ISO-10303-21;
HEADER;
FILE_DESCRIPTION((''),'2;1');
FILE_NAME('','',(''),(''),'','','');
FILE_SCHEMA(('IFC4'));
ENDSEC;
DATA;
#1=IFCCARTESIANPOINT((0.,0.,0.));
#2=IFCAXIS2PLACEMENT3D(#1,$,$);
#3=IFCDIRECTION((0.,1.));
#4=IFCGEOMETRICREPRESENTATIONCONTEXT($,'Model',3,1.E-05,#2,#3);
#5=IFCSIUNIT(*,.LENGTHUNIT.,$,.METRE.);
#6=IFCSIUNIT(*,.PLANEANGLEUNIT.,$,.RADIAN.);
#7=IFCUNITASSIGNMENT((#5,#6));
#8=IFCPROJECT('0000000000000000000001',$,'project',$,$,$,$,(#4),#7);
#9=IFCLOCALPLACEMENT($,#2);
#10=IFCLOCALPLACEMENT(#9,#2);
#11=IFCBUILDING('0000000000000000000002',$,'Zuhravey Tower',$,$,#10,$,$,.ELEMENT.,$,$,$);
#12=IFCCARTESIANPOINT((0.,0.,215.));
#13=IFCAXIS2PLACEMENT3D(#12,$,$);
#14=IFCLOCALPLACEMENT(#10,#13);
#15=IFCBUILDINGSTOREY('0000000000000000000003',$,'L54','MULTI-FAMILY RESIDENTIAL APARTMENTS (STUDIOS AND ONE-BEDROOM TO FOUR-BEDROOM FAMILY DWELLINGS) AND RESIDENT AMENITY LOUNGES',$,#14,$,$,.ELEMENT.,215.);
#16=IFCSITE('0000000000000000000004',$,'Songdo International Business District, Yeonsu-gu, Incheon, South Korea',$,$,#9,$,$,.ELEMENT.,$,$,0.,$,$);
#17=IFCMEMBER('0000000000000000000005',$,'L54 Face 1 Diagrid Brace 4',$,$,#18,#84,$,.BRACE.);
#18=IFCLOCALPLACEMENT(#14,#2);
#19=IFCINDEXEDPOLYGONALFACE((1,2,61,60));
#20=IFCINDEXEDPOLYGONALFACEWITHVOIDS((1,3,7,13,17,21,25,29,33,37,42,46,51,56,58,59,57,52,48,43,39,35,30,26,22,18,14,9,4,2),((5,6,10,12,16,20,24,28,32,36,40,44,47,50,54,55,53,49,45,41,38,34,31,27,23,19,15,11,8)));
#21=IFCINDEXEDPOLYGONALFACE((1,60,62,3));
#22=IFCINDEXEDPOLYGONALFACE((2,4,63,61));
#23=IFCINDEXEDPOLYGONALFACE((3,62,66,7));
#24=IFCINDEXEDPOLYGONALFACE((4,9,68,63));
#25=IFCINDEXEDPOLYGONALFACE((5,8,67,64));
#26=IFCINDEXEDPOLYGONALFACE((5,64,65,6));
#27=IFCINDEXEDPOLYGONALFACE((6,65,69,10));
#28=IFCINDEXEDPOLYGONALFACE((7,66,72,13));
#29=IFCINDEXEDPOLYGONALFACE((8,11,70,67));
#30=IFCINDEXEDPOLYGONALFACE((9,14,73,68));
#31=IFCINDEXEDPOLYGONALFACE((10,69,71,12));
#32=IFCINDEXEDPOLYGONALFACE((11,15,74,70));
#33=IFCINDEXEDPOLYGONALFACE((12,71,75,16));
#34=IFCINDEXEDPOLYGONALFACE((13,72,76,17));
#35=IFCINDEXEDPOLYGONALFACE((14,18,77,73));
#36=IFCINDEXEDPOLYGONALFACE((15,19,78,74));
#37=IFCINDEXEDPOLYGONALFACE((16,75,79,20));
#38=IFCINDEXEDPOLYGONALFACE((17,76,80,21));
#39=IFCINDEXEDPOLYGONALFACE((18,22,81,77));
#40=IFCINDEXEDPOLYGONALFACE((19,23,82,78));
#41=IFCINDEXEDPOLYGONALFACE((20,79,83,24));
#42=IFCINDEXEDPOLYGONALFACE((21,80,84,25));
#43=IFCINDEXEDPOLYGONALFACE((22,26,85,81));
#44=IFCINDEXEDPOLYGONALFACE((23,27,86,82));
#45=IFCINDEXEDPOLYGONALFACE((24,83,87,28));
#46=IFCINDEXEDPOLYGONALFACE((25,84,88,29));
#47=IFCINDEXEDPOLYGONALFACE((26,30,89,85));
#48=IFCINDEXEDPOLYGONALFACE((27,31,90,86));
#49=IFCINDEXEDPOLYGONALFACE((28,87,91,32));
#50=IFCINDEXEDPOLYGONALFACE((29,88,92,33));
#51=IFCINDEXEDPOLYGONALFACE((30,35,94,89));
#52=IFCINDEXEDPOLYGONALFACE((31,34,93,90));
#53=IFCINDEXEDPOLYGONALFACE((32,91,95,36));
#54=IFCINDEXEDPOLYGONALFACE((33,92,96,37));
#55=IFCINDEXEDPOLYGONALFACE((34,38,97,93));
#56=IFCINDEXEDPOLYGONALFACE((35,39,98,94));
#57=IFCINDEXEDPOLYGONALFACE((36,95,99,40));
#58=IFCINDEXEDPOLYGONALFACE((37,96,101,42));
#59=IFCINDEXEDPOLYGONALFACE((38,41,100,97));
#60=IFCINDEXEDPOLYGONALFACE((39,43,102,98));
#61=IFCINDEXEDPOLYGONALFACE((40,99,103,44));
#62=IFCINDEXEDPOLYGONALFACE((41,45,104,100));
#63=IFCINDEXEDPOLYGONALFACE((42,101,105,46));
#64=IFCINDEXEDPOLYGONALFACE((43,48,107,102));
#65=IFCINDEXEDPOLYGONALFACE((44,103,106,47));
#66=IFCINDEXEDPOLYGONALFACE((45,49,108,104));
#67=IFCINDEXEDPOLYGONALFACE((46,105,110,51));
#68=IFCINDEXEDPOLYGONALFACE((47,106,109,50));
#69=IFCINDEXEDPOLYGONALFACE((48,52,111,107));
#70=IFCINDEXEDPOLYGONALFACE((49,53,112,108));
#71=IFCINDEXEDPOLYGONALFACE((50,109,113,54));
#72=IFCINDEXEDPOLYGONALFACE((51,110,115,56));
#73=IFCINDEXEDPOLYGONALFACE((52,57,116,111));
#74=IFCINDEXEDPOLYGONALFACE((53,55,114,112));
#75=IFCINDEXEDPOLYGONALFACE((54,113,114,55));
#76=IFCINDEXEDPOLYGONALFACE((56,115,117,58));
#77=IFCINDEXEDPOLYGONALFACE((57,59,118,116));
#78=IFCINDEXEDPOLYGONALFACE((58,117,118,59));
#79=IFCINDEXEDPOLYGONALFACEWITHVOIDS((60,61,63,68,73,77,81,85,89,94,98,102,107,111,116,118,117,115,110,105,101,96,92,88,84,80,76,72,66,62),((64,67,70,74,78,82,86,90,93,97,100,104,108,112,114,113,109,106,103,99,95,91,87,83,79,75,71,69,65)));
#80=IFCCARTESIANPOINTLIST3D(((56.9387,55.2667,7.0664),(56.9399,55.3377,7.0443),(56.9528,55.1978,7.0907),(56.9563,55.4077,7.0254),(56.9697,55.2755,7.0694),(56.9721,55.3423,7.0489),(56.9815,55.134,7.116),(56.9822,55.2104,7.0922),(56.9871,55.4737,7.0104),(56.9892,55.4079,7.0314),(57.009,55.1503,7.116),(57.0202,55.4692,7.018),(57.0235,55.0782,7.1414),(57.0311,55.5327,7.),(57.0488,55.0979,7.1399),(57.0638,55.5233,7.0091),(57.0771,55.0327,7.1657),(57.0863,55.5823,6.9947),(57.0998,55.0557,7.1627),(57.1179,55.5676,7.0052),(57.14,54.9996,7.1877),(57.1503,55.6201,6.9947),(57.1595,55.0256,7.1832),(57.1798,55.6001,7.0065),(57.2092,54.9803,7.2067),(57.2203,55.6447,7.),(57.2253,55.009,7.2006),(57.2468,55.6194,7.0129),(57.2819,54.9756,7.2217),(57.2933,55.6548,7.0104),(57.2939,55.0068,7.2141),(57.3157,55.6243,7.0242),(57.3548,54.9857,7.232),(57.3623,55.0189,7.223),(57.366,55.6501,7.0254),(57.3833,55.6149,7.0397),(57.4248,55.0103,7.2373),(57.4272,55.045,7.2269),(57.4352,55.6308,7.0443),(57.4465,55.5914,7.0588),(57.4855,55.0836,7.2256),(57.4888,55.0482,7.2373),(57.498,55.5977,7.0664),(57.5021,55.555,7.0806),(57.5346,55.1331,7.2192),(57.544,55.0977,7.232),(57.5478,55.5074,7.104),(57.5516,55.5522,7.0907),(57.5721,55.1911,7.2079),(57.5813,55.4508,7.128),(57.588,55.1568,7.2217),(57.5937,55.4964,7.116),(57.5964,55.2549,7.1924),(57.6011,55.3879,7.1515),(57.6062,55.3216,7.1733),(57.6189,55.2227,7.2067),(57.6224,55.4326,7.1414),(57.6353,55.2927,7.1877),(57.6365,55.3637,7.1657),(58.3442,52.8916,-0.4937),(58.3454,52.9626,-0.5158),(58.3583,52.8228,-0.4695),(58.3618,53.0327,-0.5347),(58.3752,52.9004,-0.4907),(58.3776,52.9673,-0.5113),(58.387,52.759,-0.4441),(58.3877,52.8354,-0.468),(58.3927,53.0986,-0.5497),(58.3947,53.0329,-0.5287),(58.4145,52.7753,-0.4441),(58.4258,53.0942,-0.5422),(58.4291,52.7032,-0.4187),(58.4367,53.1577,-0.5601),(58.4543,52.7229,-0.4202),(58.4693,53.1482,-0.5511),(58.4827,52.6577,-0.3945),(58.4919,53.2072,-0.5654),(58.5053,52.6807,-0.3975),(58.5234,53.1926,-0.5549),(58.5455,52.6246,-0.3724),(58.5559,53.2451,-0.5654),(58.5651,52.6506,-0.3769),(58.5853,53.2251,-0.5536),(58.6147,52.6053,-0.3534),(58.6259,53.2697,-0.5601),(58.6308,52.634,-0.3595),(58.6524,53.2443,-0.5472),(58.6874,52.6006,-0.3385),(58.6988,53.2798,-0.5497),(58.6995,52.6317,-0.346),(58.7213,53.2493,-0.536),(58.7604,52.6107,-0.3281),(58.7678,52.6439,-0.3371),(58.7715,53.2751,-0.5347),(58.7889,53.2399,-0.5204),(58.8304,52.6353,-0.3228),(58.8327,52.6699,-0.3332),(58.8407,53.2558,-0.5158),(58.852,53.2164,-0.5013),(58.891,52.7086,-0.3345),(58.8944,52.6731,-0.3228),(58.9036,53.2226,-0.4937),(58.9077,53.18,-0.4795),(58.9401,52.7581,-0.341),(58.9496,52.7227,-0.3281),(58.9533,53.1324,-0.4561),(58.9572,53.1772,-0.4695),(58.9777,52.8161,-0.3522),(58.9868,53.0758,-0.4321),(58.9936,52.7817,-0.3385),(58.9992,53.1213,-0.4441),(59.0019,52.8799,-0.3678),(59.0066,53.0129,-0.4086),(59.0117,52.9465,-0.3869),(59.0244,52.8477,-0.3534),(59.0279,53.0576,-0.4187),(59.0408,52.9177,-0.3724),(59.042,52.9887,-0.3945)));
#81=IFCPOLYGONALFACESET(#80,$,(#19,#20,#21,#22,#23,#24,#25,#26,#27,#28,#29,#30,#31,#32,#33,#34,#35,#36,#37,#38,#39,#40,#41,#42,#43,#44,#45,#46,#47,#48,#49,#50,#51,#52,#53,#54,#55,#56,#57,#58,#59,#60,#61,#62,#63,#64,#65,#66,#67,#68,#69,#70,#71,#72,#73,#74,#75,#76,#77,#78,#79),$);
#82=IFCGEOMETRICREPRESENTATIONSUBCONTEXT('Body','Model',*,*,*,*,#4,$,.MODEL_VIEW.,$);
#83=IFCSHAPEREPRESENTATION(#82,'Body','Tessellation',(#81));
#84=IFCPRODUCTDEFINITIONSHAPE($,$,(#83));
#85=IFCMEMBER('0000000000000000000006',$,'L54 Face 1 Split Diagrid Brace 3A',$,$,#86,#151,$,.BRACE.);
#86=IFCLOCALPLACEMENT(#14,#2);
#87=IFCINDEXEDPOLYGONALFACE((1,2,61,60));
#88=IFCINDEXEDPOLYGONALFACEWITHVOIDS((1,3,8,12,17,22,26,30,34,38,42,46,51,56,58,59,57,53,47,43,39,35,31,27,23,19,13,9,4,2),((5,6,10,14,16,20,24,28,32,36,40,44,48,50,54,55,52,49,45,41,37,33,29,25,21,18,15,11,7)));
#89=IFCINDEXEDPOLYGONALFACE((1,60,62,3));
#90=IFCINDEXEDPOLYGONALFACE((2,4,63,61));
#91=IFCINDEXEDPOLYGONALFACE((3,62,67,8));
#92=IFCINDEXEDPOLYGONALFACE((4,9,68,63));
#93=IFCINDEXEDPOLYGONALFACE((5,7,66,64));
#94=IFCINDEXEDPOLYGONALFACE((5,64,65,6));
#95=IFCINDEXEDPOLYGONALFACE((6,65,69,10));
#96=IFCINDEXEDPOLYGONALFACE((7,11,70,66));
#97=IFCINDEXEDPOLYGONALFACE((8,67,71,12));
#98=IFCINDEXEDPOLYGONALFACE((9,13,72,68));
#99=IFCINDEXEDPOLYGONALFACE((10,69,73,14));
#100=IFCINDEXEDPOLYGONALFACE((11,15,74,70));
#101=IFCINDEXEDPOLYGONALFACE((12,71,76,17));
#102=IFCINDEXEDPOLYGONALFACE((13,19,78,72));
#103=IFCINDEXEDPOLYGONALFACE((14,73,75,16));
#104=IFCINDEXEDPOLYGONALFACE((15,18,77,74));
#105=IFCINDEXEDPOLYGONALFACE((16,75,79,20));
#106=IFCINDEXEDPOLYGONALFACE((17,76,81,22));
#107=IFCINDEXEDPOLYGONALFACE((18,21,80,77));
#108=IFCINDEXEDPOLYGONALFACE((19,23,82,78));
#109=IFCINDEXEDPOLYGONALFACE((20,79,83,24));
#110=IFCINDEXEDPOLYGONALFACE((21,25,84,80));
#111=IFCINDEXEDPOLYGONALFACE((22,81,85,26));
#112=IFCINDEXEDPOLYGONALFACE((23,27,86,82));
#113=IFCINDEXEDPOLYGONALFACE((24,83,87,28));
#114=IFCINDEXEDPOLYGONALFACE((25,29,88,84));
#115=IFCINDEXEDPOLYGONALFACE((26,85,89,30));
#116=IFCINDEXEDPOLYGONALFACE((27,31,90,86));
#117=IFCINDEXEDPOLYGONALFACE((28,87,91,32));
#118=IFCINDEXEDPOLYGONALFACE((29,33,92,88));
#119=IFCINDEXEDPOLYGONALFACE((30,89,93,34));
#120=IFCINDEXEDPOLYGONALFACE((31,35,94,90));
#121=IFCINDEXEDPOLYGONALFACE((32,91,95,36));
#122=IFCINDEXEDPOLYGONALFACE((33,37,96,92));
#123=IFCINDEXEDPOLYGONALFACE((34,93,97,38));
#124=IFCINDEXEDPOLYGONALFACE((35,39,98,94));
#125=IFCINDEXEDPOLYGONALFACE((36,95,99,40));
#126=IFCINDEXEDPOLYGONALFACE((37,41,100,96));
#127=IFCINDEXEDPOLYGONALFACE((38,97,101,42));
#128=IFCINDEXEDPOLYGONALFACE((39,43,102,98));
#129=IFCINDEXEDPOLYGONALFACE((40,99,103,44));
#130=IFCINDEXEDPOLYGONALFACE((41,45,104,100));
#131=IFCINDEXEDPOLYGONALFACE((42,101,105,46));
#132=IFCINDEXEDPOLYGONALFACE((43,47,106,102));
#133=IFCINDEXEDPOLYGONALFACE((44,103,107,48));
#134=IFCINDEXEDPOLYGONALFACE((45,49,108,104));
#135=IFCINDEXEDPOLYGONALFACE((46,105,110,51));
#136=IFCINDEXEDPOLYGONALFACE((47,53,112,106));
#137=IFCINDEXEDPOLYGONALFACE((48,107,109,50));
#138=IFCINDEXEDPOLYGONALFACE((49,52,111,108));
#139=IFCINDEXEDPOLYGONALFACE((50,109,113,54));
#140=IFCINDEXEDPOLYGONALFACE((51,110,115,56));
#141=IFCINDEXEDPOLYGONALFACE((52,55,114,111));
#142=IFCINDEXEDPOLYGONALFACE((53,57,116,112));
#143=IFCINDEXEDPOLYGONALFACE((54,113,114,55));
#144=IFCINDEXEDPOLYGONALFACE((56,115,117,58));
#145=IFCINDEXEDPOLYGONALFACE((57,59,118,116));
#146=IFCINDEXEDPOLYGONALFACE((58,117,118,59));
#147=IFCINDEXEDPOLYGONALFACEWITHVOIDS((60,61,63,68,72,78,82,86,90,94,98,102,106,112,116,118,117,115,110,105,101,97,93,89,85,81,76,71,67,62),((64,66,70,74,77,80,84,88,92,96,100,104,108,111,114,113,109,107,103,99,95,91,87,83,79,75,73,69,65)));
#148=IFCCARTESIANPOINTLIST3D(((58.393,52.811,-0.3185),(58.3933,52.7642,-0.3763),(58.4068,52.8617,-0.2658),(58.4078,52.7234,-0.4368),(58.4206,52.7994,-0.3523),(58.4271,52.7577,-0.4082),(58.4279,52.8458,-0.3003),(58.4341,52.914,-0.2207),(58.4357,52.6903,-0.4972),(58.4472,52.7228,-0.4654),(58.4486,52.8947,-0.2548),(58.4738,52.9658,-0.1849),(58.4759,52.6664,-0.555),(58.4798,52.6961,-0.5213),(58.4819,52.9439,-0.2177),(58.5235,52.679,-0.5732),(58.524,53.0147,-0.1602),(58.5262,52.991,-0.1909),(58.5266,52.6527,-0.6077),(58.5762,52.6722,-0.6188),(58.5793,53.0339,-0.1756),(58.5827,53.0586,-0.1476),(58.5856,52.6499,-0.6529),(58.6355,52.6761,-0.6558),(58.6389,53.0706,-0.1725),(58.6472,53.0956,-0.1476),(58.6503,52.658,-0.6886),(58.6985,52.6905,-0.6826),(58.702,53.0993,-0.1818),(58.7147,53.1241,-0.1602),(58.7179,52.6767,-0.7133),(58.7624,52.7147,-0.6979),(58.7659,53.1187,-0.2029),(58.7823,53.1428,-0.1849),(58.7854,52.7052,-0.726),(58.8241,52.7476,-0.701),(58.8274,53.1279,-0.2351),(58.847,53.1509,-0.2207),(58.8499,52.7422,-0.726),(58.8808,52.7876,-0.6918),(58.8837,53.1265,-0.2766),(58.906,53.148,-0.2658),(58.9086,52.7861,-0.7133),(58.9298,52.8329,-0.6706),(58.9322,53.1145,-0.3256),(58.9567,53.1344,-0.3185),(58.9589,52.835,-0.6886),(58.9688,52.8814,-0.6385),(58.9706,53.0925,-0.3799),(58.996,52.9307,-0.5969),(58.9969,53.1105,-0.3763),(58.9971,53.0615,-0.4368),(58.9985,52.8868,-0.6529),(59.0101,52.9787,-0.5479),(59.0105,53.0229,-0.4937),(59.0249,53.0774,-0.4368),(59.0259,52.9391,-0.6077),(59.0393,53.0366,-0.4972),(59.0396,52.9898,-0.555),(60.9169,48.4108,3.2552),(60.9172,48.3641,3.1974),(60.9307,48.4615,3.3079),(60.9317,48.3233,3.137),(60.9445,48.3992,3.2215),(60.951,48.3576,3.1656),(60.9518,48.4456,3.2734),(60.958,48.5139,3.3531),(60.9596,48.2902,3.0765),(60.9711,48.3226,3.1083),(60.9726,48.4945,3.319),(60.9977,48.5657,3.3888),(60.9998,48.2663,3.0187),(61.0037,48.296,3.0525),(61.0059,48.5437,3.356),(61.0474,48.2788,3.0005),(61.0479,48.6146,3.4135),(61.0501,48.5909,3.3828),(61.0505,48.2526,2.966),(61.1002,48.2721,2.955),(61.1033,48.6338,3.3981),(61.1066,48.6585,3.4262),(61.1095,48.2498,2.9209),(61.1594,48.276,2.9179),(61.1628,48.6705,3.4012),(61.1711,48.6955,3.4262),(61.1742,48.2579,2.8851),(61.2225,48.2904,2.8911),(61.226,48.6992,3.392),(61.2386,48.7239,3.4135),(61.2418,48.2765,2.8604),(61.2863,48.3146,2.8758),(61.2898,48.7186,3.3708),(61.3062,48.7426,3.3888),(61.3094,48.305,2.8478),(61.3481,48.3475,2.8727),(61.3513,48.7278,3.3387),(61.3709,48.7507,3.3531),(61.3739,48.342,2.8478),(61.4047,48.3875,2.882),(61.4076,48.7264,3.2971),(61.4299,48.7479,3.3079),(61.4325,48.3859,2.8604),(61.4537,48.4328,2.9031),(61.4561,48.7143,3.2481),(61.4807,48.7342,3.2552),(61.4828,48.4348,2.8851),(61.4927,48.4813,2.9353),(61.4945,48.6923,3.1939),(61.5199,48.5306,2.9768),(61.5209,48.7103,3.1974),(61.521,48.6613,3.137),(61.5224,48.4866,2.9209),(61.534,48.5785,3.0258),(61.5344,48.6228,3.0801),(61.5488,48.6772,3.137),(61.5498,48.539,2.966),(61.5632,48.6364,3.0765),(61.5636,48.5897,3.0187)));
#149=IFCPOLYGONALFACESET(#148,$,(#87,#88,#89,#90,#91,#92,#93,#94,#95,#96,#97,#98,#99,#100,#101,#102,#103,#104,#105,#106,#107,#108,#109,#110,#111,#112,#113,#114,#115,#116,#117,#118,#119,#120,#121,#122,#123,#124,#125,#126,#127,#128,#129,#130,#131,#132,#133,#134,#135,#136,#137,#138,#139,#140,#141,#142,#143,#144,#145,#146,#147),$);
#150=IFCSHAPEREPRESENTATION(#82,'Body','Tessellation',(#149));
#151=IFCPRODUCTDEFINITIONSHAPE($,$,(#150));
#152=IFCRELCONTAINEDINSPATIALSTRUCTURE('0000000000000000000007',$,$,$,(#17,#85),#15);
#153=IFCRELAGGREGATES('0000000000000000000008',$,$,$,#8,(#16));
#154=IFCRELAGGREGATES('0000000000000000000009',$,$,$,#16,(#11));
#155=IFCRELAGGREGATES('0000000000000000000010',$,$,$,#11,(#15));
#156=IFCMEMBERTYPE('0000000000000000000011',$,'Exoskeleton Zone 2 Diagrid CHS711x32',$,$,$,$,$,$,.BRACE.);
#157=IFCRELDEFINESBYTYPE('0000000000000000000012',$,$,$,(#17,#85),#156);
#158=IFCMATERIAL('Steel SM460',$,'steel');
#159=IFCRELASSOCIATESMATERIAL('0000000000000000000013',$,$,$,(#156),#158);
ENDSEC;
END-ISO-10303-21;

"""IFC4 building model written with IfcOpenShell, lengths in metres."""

from ifc_helpers import new_model, si_unit, direction, frame, origin, origin_2d, place, context, subcontext, project, spatial, hollow_circle, extrude, material, material_profile, profile_set, type_object, element, save


model = new_model("IFC4")

# Units and contexts
model_context = context("Model", 3, precision=1e-05, world=origin(), true_north=direction((0.0, 1.0)))
body_context = subcontext(model_context, "Body", "Model", "MODEL_VIEW")
ifc_project = project(units=[si_unit("LENGTHUNIT", "METRE"), si_unit("PLANEANGLEUNIT", "RADIAN")], contexts=[model_context])

# Site, building, storey
site_placement = place(None, origin())
site = spatial("IfcSite", under=ifc_project, at=site_placement, Name="Songdo International Business District, Yeonsu-gu, Incheon, South Korea", CompositionType="ELEMENT", RefElevation=0.0)
building_placement = place(site_placement, origin())
building = spatial("IfcBuilding", under=site, at=building_placement, Name="Zuhravey Tower", CompositionType="ELEMENT")
storey_placement = place(building_placement, frame((0.0, 0.0, 215.0)))
storey = spatial("IfcBuildingStorey", under=building, at=storey_placement, Name="L54", Description="MULTI-FAMILY RESIDENTIAL APARTMENTS (STUDIOS AND ONE-BEDROOM TO FOUR-BEDROOM FAMILY DWELLINGS) AND RESIDENT AMENITY LOUNGES", CompositionType="ELEMENT", Elevation=215.0)

# Members
ifc_material_1 = material(Name="Steel SM460", Category="steel")
ifc_material_profile_1 = material_profile(ifc_material_1, hollow_circle(Radius=0.3557, WallThickness=0.032, at=origin_2d()), Name="CHS-711.2x32")
ifc_profile_set_1 = profile_set([ifc_material_profile_1], Name="Steel SM460")
member_type_1 = type_object("IfcMemberType", Name="Exoskeleton Zone 2 Diagrid CHS711x32", PredefinedType="BRACE", material=ifc_profile_set_1)
member_1_placement = place(storey_placement, frame((58.6931, 52.9402, -0.4441), z_axis=(-0.174641, 0.295104, 0.939369), x_axis=(-0.860592, -0.509295, 0.0)))
element("IfcMember", 1, at=member_1_placement, inside=storey, type_object=member_type_1, Name="L54 Face 1 Diagrid Brace 4", PredefinedType="BRACE", context=body_context, shape_type="SweptSolid", body=[
    extrude(hollow_circle(Radius=0.3557, WallThickness=0.032, at=origin_2d()), origin(), (0.0, 0.0, 1.0), 8.0481),
])
member_2_placement = place(storey_placement, frame((58.7163, 52.9004, -0.4368), z_axis=(0.406751, -0.70912, 0.575936), x_axis=(0.86743, 0.497558, 0.0)))
element("IfcMember", 2, at=member_2_placement, inside=storey, type_object=member_type_1, Name="L54 Face 1 Split Diagrid Brace 3A", PredefinedType="BRACE", context=body_context, shape_type="SweptSolid", body=[
    extrude(hollow_circle(Radius=0.3557, WallThickness=0.032, at=origin_2d()), origin(), (0.0, 0.0, 1.0), 6.2051),
])

save(model, "model.ifc")
